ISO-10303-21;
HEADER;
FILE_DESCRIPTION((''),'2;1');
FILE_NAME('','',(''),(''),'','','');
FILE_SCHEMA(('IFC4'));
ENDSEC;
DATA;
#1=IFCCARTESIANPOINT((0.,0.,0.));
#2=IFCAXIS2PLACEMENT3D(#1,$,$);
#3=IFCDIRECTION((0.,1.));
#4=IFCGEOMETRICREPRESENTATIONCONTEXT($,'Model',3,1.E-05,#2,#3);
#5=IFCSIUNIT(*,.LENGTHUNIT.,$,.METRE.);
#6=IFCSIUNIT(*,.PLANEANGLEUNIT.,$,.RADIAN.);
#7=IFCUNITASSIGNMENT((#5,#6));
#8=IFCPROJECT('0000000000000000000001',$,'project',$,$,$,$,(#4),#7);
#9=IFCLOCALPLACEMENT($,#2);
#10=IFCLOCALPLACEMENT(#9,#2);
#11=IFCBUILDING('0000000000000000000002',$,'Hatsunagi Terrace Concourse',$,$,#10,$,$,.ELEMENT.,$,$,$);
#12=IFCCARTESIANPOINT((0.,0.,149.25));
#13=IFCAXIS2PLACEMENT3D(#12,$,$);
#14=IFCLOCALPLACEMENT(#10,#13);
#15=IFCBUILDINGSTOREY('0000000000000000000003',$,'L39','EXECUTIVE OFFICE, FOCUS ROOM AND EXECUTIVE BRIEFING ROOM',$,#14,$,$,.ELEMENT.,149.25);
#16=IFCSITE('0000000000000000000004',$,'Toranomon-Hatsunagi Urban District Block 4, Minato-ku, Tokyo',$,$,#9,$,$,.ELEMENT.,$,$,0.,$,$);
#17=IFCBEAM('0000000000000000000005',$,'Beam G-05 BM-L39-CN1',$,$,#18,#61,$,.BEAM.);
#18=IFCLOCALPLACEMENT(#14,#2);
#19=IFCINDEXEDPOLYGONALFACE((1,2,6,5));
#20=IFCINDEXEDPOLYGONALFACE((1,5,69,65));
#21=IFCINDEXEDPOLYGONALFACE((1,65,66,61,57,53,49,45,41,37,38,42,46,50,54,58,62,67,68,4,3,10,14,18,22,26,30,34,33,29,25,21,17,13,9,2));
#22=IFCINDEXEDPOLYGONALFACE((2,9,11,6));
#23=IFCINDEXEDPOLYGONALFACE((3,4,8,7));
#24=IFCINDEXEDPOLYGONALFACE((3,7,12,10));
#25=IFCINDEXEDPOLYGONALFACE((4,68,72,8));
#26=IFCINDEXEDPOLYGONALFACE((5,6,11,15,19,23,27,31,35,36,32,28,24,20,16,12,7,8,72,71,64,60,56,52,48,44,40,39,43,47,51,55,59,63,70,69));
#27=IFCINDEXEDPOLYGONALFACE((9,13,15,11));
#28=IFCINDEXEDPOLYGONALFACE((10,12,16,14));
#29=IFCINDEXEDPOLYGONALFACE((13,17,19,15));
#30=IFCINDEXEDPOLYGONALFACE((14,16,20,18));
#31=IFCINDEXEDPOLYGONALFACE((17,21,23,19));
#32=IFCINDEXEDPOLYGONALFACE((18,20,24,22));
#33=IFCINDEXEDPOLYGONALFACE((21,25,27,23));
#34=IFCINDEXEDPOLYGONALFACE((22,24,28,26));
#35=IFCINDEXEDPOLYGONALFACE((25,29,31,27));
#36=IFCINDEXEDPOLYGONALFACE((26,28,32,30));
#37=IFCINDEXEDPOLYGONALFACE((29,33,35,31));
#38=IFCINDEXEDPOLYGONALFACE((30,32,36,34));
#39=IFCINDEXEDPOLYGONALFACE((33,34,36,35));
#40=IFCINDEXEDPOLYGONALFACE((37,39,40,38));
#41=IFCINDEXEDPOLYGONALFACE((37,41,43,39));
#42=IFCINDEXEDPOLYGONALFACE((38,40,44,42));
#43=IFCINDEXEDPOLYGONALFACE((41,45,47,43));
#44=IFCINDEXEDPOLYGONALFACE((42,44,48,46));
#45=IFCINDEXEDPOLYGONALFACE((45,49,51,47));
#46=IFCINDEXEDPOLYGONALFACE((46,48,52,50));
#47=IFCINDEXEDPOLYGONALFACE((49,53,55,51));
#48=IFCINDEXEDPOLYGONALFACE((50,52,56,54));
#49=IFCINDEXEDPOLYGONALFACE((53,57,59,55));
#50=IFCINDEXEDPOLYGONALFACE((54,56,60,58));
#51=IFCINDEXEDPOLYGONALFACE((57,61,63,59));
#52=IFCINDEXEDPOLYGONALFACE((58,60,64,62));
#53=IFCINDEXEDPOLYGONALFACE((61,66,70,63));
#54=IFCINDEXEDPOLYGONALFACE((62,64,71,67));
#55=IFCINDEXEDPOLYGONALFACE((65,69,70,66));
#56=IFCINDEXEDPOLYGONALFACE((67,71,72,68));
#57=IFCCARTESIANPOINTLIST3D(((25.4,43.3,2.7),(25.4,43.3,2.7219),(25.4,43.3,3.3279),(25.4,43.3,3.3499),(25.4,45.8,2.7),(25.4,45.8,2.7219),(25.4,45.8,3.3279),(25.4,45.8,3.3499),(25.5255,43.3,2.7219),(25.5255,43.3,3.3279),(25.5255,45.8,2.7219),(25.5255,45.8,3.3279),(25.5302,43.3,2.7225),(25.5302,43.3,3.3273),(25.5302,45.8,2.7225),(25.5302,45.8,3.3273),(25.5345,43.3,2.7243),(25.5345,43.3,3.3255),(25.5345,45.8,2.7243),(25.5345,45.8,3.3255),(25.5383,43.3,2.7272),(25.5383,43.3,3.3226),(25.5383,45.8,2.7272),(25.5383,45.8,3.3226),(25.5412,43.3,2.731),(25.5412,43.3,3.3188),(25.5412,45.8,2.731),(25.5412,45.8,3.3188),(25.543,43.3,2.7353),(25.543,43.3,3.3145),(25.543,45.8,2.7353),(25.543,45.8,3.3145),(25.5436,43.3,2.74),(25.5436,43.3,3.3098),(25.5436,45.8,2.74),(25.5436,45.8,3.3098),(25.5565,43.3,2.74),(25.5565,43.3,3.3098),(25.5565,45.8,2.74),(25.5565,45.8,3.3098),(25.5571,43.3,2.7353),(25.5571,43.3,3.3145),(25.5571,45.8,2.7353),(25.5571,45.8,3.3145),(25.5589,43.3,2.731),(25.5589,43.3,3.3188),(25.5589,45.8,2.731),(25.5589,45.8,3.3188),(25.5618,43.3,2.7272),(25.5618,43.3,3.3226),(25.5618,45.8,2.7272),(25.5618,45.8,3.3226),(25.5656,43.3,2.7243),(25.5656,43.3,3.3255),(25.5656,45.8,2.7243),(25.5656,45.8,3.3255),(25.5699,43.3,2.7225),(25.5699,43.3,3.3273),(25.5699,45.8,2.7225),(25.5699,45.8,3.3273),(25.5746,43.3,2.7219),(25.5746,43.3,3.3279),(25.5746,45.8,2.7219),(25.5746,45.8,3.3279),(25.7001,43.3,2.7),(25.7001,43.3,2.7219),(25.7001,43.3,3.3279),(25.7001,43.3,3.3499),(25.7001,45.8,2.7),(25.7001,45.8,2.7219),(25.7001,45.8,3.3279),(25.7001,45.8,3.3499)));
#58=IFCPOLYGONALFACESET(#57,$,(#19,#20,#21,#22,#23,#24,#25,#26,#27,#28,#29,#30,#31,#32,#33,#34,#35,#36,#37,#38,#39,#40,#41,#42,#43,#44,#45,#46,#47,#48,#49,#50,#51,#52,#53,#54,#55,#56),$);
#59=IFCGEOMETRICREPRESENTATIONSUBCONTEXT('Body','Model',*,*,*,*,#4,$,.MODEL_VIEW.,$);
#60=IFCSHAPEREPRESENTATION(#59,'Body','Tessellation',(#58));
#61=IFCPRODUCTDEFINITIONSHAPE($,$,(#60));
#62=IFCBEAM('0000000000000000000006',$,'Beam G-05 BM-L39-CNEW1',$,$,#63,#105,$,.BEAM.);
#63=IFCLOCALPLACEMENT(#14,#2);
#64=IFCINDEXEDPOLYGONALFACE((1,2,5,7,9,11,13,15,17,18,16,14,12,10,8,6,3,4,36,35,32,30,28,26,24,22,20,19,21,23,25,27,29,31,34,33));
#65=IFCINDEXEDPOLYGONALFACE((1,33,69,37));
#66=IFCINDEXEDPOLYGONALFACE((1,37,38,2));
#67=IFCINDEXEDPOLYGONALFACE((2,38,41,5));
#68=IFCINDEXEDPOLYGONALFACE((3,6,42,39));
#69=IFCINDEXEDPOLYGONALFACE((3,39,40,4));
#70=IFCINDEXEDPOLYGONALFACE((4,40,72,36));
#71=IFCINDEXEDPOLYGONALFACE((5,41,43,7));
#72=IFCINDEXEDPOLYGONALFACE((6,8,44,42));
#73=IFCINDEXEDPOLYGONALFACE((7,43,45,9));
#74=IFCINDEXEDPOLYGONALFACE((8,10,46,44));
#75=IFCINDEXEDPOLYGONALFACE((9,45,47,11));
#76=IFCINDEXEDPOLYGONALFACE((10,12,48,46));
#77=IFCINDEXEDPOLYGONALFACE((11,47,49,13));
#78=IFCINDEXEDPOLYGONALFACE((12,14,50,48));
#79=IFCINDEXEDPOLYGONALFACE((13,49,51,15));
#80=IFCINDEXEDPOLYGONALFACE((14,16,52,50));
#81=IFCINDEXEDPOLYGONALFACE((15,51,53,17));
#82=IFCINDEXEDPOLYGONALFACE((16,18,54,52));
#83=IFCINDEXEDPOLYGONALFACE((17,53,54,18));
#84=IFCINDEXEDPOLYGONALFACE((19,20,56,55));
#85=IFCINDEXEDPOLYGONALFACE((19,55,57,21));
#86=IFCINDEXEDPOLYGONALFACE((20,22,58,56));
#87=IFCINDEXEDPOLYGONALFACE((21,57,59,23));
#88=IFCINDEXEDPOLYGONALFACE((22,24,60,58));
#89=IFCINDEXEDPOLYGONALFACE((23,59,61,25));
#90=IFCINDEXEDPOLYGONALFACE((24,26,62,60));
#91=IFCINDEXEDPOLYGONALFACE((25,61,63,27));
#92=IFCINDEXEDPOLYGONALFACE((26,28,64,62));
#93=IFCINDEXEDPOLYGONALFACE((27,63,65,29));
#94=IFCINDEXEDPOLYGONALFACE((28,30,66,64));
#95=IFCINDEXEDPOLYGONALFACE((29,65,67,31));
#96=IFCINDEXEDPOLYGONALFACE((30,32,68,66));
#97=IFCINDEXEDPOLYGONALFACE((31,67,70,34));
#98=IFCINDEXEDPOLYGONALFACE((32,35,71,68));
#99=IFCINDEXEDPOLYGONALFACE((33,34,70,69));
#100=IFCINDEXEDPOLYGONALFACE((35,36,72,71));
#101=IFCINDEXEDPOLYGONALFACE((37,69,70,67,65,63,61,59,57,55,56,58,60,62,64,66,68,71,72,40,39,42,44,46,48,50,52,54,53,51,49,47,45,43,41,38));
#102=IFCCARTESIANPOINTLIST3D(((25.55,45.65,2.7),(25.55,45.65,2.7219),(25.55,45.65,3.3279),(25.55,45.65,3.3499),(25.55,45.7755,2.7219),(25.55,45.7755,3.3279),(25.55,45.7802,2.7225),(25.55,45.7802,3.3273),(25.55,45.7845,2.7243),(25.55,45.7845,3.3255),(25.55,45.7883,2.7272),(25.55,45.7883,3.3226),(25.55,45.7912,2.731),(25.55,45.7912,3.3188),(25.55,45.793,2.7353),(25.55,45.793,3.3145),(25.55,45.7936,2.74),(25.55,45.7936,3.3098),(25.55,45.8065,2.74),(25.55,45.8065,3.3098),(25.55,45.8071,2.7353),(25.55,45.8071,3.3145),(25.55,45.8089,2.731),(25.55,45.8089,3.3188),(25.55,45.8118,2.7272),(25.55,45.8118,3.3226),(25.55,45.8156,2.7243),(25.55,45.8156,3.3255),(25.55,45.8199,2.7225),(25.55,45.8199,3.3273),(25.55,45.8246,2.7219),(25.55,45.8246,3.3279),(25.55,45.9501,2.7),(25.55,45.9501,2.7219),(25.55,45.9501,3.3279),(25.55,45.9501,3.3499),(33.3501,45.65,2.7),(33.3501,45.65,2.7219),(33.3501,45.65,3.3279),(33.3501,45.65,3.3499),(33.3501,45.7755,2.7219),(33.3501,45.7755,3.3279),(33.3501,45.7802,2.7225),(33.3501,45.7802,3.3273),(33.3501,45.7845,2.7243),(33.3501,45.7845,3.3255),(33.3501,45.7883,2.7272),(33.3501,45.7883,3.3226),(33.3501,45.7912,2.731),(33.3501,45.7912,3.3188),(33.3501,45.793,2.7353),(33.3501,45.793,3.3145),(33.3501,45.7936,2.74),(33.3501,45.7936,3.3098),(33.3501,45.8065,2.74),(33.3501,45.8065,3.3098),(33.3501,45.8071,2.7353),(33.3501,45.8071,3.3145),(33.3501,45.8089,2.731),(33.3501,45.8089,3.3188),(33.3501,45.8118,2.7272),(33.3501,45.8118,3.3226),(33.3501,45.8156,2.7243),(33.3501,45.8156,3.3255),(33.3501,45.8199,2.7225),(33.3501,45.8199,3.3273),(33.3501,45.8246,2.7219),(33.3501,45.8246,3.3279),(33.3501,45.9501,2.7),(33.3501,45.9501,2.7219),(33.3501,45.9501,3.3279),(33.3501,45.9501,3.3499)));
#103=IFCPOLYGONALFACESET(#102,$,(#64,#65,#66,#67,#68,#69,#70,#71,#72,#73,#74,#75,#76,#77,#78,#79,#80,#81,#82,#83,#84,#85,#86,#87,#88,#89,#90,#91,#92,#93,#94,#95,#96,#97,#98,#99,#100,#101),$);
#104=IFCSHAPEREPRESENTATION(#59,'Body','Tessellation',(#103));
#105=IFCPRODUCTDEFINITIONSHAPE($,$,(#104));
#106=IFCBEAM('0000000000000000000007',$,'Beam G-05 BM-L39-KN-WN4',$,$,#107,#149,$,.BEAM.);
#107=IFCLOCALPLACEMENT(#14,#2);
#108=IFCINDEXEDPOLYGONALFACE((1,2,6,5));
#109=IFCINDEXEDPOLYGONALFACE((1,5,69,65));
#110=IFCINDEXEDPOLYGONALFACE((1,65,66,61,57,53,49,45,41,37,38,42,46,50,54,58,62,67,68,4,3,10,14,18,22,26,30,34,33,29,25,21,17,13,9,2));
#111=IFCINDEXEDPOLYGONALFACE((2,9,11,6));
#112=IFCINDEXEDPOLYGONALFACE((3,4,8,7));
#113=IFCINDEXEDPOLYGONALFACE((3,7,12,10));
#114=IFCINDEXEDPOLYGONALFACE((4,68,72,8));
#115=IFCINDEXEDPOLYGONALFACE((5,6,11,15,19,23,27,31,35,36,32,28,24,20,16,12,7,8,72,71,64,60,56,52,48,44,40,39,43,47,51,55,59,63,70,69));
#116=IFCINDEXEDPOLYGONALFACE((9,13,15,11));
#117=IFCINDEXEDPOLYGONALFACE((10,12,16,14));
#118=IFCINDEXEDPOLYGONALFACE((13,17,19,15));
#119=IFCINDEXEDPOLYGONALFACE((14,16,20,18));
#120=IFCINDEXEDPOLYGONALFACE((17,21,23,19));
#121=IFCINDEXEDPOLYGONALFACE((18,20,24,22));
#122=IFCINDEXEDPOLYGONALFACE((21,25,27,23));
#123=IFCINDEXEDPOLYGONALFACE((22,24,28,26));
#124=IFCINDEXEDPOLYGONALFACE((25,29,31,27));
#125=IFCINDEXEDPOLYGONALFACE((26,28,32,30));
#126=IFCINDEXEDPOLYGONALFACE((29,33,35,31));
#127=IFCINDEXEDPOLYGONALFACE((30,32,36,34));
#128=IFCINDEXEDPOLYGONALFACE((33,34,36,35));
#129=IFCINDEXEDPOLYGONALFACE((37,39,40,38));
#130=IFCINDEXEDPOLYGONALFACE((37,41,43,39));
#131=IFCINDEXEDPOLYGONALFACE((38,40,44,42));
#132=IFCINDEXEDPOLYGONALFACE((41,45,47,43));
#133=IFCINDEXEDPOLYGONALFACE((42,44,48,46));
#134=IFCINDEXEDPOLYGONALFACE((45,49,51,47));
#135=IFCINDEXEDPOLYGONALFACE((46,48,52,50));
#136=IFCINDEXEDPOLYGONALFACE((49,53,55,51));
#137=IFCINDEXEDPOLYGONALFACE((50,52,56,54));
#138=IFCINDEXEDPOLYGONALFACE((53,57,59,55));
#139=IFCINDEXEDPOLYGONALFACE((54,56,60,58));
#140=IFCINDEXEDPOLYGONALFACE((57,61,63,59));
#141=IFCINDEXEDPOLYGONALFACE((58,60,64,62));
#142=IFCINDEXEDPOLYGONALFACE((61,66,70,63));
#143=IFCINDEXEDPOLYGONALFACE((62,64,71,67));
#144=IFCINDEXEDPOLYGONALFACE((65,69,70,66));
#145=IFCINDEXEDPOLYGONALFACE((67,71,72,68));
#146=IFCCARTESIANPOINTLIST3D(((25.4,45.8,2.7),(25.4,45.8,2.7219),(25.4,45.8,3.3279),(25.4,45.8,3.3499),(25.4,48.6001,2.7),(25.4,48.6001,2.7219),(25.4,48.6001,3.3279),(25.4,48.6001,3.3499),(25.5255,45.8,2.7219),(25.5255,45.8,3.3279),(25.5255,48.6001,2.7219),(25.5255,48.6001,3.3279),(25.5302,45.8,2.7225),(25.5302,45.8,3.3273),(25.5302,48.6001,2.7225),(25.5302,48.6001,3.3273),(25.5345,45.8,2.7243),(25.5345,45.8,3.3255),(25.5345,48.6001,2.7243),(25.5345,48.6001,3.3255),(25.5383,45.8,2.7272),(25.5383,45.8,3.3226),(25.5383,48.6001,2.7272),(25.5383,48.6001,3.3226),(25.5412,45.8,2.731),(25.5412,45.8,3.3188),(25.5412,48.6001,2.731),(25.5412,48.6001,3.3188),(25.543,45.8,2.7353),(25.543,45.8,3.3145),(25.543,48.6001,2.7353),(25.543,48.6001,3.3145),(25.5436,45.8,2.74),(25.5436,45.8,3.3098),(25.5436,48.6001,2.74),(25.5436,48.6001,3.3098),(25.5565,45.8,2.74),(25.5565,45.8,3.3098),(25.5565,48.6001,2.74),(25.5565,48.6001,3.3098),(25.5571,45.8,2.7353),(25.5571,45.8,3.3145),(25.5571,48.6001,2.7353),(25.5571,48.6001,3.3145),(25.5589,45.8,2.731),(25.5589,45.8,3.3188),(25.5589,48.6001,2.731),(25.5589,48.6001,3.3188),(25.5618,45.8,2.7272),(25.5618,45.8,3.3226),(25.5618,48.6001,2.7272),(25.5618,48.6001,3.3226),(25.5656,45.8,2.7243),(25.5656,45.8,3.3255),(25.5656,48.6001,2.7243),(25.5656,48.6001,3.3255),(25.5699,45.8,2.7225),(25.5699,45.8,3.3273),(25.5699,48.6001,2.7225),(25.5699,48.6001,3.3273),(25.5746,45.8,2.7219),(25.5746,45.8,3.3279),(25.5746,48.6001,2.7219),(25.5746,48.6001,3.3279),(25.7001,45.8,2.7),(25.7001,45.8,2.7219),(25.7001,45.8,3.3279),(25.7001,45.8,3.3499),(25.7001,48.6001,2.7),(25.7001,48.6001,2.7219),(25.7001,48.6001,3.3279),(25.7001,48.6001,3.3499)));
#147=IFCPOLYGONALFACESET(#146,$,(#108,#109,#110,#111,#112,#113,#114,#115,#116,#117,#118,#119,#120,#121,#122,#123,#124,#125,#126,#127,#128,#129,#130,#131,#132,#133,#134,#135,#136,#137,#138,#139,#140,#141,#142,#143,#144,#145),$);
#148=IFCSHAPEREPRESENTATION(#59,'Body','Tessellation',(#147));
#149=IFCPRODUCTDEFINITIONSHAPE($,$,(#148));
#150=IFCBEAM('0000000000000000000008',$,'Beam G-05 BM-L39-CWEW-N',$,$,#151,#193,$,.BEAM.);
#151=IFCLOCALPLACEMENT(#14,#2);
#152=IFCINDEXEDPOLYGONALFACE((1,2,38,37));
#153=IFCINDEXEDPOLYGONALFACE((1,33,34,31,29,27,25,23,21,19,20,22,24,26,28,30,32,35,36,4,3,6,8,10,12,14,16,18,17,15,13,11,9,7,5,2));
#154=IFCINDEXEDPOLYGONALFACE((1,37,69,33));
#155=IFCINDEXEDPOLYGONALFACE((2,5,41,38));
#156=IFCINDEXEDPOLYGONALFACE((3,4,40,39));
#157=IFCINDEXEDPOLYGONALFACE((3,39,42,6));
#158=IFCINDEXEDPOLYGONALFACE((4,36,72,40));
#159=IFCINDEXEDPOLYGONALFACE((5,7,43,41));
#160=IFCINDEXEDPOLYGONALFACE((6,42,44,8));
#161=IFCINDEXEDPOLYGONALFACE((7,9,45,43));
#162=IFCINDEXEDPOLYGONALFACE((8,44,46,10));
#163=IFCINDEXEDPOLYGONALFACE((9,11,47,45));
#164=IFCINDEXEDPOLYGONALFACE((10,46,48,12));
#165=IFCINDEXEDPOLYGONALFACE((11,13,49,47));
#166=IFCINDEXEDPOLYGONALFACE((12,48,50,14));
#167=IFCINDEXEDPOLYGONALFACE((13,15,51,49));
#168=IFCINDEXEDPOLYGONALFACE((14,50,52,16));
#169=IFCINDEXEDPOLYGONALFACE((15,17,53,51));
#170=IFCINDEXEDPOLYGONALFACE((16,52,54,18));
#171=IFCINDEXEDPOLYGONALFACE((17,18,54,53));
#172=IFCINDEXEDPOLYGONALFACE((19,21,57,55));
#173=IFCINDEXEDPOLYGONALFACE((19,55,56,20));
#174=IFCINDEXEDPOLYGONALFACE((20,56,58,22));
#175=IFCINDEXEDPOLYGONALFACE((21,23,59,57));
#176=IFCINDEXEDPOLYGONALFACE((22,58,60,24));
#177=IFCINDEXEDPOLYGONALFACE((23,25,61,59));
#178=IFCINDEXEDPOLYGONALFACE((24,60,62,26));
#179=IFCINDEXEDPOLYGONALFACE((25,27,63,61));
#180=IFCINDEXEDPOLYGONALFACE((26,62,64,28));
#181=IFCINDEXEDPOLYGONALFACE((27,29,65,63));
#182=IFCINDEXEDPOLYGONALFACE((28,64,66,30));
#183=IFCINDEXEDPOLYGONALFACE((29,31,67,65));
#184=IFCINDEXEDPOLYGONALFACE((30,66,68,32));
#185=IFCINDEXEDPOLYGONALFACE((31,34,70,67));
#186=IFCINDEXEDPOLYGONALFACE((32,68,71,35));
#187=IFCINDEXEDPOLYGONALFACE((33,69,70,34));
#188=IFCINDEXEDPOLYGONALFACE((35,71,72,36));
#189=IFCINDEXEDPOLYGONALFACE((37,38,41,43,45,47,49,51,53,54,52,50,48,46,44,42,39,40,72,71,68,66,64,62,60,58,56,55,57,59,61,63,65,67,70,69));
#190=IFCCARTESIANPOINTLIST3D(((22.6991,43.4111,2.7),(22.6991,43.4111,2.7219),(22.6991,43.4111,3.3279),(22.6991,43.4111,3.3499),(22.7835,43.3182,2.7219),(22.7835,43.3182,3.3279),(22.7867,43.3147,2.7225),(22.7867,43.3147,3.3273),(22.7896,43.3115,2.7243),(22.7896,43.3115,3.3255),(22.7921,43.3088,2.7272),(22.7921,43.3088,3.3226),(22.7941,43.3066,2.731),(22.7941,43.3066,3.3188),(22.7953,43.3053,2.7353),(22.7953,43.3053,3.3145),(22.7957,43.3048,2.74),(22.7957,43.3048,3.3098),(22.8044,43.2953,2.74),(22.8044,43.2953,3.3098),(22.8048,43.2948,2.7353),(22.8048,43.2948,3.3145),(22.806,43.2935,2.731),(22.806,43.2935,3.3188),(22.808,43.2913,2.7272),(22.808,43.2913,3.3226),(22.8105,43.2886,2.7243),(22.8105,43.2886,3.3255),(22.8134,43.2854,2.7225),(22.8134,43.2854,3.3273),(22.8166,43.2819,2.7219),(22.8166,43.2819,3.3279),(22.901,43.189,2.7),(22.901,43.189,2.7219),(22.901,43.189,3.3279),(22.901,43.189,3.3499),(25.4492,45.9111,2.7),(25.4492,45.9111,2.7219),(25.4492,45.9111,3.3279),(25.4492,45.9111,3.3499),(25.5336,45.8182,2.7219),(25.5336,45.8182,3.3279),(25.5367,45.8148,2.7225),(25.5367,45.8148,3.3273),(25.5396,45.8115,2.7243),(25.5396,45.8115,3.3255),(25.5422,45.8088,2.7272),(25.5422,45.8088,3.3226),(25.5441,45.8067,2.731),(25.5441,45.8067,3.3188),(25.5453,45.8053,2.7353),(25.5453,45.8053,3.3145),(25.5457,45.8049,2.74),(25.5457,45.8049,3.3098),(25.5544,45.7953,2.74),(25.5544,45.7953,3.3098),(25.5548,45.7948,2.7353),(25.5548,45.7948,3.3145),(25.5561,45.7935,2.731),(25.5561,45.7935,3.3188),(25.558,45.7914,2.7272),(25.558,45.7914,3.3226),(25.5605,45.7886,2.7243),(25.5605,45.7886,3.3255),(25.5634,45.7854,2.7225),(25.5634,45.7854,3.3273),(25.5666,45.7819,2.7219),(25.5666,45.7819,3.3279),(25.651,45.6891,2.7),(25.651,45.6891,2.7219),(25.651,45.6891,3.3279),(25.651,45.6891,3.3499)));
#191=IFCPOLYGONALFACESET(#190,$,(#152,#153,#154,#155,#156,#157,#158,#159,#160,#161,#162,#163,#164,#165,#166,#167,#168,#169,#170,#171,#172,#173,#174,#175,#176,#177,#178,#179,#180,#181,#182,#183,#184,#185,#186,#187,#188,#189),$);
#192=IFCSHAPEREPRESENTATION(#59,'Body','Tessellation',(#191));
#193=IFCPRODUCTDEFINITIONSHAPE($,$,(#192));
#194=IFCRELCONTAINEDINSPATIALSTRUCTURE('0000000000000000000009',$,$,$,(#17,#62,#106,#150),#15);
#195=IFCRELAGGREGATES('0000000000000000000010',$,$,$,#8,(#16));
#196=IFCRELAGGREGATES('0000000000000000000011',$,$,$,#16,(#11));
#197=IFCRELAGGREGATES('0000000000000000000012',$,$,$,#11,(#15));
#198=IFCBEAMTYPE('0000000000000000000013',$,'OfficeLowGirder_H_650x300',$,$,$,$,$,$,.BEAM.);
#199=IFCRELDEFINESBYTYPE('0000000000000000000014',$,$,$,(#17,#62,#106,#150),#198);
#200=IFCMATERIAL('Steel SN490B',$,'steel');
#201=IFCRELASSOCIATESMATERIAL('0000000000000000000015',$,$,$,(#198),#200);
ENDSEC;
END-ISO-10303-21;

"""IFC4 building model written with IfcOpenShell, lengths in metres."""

from ifc_helpers import new_model, si_unit, direction, frame, origin, origin_2d, place, context, subcontext, project, spatial, i_section, extrude, material, material_profile, profile_set, type_object, element, save


model = new_model("IFC4")

# Units and contexts
model_context = context("Model", 3, precision=1e-05, world=origin(), true_north=direction((0.0, 1.0)))
body_context = subcontext(model_context, "Body", "Model", "MODEL_VIEW")
ifc_project = project(units=[si_unit("LENGTHUNIT", "METRE"), si_unit("PLANEANGLEUNIT", "RADIAN")], contexts=[model_context])

# Site, building, storey
site_placement = place(None, origin())
site = spatial("IfcSite", under=ifc_project, at=site_placement, Name="Toranomon-Hatsunagi Urban District Block 4, Minato-ku, Tokyo", CompositionType="ELEMENT", RefElevation=0.0)
building_placement = place(site_placement, origin())
building = spatial("IfcBuilding", under=site, at=building_placement, Name="Hatsunagi Terrace Concourse", CompositionType="ELEMENT")
storey_placement = place(building_placement, frame((0.0, 0.0, 149.25)))
storey = spatial("IfcBuildingStorey", under=building, at=storey_placement, Name="L39", Description="EXECUTIVE OFFICE, FOCUS ROOM AND EXECUTIVE BRIEFING ROOM", CompositionType="ELEMENT", Elevation=149.25)

# Beams
ifc_material_1 = material(Name="Steel SN490B", Category="steel")
ifc_material_profile_1 = material_profile(ifc_material_1, i_section(OverallWidth=0.3, OverallDepth=0.6499, WebThickness=0.0129, FlangeThickness=0.022, FilletRadius=0.0181, at=origin_2d()), Name="H-650x300x13x22")
ifc_profile_set_1 = profile_set([ifc_material_profile_1], Name="Steel SN490B")
beam_type_1 = type_object("IfcBeamType", Name="OfficeLowGirder_H_650x300", PredefinedType="BEAM", material=ifc_profile_set_1)
beam_1_placement = place(storey_placement, frame((25.55, 43.3, 3.0249), z_axis=(0.0, 1.0, 0.0), x_axis=(-1.0, 0.0, 0.0)))
element("IfcBeam", 1, at=beam_1_placement, inside=storey, type_object=beam_type_1, Name="Beam G-05 BM-L39-CN1", PredefinedType="BEAM", context=body_context, shape_type="SweptSolid", body=[
    extrude(i_section(OverallWidth=0.3, OverallDepth=0.6499, WebThickness=0.0129, FlangeThickness=0.022, FilletRadius=0.0181, at=origin_2d()), origin(), (0.0, 0.0, 1.0), 2.5),
])
beam_2_placement = place(storey_placement, frame((25.55, 45.8, 3.0249), z_axis=(1.0, 0.0, 0.0), x_axis=(0.0, 1.0, 0.0)))
element("IfcBeam", 2, at=beam_2_placement, inside=storey, type_object=beam_type_1, Name="Beam G-05 BM-L39-CNEW1", PredefinedType="BEAM", context=body_context, shape_type="SweptSolid", body=[
    extrude(i_section(OverallWidth=0.3, OverallDepth=0.6499, WebThickness=0.0129, FlangeThickness=0.022, FilletRadius=0.0181, at=origin_2d()), origin(), (0.0, 0.0, 1.0), 7.8),
])
beam_3_placement = place(storey_placement, frame((25.55, 45.8, 3.0249), z_axis=(0.0, 1.0, 0.0), x_axis=(-1.0, 0.0, 0.0)))
element("IfcBeam", 3, at=beam_3_placement, inside=storey, type_object=beam_type_1, Name="Beam G-05 BM-L39-KN-WN4", PredefinedType="BEAM", context=body_context, shape_type="SweptSolid", body=[
    extrude(i_section(OverallWidth=0.3, OverallDepth=0.6499, WebThickness=0.0129, FlangeThickness=0.022, FilletRadius=0.0181, at=origin_2d()), origin(), (0.0, 0.0, 1.0), 2.8),
])
beam_4_placement = place(storey_placement, frame((22.8, 43.3, 3.0249), z_axis=(0.73994, 0.672673, 0.0), x_axis=(-0.672673, 0.73994, 0.0)))
element("IfcBeam", 4, at=beam_4_placement, inside=storey, type_object=beam_type_1, Name="Beam G-05 BM-L39-CWEW-N", PredefinedType="BEAM", context=body_context, shape_type="SweptSolid", body=[
    extrude(i_section(OverallWidth=0.3, OverallDepth=0.6499, WebThickness=0.0129, FlangeThickness=0.022, FilletRadius=0.0181, at=origin_2d()), origin(), (0.0, 0.0, 1.0), 3.7166),
])

save(model, "model.ifc")
